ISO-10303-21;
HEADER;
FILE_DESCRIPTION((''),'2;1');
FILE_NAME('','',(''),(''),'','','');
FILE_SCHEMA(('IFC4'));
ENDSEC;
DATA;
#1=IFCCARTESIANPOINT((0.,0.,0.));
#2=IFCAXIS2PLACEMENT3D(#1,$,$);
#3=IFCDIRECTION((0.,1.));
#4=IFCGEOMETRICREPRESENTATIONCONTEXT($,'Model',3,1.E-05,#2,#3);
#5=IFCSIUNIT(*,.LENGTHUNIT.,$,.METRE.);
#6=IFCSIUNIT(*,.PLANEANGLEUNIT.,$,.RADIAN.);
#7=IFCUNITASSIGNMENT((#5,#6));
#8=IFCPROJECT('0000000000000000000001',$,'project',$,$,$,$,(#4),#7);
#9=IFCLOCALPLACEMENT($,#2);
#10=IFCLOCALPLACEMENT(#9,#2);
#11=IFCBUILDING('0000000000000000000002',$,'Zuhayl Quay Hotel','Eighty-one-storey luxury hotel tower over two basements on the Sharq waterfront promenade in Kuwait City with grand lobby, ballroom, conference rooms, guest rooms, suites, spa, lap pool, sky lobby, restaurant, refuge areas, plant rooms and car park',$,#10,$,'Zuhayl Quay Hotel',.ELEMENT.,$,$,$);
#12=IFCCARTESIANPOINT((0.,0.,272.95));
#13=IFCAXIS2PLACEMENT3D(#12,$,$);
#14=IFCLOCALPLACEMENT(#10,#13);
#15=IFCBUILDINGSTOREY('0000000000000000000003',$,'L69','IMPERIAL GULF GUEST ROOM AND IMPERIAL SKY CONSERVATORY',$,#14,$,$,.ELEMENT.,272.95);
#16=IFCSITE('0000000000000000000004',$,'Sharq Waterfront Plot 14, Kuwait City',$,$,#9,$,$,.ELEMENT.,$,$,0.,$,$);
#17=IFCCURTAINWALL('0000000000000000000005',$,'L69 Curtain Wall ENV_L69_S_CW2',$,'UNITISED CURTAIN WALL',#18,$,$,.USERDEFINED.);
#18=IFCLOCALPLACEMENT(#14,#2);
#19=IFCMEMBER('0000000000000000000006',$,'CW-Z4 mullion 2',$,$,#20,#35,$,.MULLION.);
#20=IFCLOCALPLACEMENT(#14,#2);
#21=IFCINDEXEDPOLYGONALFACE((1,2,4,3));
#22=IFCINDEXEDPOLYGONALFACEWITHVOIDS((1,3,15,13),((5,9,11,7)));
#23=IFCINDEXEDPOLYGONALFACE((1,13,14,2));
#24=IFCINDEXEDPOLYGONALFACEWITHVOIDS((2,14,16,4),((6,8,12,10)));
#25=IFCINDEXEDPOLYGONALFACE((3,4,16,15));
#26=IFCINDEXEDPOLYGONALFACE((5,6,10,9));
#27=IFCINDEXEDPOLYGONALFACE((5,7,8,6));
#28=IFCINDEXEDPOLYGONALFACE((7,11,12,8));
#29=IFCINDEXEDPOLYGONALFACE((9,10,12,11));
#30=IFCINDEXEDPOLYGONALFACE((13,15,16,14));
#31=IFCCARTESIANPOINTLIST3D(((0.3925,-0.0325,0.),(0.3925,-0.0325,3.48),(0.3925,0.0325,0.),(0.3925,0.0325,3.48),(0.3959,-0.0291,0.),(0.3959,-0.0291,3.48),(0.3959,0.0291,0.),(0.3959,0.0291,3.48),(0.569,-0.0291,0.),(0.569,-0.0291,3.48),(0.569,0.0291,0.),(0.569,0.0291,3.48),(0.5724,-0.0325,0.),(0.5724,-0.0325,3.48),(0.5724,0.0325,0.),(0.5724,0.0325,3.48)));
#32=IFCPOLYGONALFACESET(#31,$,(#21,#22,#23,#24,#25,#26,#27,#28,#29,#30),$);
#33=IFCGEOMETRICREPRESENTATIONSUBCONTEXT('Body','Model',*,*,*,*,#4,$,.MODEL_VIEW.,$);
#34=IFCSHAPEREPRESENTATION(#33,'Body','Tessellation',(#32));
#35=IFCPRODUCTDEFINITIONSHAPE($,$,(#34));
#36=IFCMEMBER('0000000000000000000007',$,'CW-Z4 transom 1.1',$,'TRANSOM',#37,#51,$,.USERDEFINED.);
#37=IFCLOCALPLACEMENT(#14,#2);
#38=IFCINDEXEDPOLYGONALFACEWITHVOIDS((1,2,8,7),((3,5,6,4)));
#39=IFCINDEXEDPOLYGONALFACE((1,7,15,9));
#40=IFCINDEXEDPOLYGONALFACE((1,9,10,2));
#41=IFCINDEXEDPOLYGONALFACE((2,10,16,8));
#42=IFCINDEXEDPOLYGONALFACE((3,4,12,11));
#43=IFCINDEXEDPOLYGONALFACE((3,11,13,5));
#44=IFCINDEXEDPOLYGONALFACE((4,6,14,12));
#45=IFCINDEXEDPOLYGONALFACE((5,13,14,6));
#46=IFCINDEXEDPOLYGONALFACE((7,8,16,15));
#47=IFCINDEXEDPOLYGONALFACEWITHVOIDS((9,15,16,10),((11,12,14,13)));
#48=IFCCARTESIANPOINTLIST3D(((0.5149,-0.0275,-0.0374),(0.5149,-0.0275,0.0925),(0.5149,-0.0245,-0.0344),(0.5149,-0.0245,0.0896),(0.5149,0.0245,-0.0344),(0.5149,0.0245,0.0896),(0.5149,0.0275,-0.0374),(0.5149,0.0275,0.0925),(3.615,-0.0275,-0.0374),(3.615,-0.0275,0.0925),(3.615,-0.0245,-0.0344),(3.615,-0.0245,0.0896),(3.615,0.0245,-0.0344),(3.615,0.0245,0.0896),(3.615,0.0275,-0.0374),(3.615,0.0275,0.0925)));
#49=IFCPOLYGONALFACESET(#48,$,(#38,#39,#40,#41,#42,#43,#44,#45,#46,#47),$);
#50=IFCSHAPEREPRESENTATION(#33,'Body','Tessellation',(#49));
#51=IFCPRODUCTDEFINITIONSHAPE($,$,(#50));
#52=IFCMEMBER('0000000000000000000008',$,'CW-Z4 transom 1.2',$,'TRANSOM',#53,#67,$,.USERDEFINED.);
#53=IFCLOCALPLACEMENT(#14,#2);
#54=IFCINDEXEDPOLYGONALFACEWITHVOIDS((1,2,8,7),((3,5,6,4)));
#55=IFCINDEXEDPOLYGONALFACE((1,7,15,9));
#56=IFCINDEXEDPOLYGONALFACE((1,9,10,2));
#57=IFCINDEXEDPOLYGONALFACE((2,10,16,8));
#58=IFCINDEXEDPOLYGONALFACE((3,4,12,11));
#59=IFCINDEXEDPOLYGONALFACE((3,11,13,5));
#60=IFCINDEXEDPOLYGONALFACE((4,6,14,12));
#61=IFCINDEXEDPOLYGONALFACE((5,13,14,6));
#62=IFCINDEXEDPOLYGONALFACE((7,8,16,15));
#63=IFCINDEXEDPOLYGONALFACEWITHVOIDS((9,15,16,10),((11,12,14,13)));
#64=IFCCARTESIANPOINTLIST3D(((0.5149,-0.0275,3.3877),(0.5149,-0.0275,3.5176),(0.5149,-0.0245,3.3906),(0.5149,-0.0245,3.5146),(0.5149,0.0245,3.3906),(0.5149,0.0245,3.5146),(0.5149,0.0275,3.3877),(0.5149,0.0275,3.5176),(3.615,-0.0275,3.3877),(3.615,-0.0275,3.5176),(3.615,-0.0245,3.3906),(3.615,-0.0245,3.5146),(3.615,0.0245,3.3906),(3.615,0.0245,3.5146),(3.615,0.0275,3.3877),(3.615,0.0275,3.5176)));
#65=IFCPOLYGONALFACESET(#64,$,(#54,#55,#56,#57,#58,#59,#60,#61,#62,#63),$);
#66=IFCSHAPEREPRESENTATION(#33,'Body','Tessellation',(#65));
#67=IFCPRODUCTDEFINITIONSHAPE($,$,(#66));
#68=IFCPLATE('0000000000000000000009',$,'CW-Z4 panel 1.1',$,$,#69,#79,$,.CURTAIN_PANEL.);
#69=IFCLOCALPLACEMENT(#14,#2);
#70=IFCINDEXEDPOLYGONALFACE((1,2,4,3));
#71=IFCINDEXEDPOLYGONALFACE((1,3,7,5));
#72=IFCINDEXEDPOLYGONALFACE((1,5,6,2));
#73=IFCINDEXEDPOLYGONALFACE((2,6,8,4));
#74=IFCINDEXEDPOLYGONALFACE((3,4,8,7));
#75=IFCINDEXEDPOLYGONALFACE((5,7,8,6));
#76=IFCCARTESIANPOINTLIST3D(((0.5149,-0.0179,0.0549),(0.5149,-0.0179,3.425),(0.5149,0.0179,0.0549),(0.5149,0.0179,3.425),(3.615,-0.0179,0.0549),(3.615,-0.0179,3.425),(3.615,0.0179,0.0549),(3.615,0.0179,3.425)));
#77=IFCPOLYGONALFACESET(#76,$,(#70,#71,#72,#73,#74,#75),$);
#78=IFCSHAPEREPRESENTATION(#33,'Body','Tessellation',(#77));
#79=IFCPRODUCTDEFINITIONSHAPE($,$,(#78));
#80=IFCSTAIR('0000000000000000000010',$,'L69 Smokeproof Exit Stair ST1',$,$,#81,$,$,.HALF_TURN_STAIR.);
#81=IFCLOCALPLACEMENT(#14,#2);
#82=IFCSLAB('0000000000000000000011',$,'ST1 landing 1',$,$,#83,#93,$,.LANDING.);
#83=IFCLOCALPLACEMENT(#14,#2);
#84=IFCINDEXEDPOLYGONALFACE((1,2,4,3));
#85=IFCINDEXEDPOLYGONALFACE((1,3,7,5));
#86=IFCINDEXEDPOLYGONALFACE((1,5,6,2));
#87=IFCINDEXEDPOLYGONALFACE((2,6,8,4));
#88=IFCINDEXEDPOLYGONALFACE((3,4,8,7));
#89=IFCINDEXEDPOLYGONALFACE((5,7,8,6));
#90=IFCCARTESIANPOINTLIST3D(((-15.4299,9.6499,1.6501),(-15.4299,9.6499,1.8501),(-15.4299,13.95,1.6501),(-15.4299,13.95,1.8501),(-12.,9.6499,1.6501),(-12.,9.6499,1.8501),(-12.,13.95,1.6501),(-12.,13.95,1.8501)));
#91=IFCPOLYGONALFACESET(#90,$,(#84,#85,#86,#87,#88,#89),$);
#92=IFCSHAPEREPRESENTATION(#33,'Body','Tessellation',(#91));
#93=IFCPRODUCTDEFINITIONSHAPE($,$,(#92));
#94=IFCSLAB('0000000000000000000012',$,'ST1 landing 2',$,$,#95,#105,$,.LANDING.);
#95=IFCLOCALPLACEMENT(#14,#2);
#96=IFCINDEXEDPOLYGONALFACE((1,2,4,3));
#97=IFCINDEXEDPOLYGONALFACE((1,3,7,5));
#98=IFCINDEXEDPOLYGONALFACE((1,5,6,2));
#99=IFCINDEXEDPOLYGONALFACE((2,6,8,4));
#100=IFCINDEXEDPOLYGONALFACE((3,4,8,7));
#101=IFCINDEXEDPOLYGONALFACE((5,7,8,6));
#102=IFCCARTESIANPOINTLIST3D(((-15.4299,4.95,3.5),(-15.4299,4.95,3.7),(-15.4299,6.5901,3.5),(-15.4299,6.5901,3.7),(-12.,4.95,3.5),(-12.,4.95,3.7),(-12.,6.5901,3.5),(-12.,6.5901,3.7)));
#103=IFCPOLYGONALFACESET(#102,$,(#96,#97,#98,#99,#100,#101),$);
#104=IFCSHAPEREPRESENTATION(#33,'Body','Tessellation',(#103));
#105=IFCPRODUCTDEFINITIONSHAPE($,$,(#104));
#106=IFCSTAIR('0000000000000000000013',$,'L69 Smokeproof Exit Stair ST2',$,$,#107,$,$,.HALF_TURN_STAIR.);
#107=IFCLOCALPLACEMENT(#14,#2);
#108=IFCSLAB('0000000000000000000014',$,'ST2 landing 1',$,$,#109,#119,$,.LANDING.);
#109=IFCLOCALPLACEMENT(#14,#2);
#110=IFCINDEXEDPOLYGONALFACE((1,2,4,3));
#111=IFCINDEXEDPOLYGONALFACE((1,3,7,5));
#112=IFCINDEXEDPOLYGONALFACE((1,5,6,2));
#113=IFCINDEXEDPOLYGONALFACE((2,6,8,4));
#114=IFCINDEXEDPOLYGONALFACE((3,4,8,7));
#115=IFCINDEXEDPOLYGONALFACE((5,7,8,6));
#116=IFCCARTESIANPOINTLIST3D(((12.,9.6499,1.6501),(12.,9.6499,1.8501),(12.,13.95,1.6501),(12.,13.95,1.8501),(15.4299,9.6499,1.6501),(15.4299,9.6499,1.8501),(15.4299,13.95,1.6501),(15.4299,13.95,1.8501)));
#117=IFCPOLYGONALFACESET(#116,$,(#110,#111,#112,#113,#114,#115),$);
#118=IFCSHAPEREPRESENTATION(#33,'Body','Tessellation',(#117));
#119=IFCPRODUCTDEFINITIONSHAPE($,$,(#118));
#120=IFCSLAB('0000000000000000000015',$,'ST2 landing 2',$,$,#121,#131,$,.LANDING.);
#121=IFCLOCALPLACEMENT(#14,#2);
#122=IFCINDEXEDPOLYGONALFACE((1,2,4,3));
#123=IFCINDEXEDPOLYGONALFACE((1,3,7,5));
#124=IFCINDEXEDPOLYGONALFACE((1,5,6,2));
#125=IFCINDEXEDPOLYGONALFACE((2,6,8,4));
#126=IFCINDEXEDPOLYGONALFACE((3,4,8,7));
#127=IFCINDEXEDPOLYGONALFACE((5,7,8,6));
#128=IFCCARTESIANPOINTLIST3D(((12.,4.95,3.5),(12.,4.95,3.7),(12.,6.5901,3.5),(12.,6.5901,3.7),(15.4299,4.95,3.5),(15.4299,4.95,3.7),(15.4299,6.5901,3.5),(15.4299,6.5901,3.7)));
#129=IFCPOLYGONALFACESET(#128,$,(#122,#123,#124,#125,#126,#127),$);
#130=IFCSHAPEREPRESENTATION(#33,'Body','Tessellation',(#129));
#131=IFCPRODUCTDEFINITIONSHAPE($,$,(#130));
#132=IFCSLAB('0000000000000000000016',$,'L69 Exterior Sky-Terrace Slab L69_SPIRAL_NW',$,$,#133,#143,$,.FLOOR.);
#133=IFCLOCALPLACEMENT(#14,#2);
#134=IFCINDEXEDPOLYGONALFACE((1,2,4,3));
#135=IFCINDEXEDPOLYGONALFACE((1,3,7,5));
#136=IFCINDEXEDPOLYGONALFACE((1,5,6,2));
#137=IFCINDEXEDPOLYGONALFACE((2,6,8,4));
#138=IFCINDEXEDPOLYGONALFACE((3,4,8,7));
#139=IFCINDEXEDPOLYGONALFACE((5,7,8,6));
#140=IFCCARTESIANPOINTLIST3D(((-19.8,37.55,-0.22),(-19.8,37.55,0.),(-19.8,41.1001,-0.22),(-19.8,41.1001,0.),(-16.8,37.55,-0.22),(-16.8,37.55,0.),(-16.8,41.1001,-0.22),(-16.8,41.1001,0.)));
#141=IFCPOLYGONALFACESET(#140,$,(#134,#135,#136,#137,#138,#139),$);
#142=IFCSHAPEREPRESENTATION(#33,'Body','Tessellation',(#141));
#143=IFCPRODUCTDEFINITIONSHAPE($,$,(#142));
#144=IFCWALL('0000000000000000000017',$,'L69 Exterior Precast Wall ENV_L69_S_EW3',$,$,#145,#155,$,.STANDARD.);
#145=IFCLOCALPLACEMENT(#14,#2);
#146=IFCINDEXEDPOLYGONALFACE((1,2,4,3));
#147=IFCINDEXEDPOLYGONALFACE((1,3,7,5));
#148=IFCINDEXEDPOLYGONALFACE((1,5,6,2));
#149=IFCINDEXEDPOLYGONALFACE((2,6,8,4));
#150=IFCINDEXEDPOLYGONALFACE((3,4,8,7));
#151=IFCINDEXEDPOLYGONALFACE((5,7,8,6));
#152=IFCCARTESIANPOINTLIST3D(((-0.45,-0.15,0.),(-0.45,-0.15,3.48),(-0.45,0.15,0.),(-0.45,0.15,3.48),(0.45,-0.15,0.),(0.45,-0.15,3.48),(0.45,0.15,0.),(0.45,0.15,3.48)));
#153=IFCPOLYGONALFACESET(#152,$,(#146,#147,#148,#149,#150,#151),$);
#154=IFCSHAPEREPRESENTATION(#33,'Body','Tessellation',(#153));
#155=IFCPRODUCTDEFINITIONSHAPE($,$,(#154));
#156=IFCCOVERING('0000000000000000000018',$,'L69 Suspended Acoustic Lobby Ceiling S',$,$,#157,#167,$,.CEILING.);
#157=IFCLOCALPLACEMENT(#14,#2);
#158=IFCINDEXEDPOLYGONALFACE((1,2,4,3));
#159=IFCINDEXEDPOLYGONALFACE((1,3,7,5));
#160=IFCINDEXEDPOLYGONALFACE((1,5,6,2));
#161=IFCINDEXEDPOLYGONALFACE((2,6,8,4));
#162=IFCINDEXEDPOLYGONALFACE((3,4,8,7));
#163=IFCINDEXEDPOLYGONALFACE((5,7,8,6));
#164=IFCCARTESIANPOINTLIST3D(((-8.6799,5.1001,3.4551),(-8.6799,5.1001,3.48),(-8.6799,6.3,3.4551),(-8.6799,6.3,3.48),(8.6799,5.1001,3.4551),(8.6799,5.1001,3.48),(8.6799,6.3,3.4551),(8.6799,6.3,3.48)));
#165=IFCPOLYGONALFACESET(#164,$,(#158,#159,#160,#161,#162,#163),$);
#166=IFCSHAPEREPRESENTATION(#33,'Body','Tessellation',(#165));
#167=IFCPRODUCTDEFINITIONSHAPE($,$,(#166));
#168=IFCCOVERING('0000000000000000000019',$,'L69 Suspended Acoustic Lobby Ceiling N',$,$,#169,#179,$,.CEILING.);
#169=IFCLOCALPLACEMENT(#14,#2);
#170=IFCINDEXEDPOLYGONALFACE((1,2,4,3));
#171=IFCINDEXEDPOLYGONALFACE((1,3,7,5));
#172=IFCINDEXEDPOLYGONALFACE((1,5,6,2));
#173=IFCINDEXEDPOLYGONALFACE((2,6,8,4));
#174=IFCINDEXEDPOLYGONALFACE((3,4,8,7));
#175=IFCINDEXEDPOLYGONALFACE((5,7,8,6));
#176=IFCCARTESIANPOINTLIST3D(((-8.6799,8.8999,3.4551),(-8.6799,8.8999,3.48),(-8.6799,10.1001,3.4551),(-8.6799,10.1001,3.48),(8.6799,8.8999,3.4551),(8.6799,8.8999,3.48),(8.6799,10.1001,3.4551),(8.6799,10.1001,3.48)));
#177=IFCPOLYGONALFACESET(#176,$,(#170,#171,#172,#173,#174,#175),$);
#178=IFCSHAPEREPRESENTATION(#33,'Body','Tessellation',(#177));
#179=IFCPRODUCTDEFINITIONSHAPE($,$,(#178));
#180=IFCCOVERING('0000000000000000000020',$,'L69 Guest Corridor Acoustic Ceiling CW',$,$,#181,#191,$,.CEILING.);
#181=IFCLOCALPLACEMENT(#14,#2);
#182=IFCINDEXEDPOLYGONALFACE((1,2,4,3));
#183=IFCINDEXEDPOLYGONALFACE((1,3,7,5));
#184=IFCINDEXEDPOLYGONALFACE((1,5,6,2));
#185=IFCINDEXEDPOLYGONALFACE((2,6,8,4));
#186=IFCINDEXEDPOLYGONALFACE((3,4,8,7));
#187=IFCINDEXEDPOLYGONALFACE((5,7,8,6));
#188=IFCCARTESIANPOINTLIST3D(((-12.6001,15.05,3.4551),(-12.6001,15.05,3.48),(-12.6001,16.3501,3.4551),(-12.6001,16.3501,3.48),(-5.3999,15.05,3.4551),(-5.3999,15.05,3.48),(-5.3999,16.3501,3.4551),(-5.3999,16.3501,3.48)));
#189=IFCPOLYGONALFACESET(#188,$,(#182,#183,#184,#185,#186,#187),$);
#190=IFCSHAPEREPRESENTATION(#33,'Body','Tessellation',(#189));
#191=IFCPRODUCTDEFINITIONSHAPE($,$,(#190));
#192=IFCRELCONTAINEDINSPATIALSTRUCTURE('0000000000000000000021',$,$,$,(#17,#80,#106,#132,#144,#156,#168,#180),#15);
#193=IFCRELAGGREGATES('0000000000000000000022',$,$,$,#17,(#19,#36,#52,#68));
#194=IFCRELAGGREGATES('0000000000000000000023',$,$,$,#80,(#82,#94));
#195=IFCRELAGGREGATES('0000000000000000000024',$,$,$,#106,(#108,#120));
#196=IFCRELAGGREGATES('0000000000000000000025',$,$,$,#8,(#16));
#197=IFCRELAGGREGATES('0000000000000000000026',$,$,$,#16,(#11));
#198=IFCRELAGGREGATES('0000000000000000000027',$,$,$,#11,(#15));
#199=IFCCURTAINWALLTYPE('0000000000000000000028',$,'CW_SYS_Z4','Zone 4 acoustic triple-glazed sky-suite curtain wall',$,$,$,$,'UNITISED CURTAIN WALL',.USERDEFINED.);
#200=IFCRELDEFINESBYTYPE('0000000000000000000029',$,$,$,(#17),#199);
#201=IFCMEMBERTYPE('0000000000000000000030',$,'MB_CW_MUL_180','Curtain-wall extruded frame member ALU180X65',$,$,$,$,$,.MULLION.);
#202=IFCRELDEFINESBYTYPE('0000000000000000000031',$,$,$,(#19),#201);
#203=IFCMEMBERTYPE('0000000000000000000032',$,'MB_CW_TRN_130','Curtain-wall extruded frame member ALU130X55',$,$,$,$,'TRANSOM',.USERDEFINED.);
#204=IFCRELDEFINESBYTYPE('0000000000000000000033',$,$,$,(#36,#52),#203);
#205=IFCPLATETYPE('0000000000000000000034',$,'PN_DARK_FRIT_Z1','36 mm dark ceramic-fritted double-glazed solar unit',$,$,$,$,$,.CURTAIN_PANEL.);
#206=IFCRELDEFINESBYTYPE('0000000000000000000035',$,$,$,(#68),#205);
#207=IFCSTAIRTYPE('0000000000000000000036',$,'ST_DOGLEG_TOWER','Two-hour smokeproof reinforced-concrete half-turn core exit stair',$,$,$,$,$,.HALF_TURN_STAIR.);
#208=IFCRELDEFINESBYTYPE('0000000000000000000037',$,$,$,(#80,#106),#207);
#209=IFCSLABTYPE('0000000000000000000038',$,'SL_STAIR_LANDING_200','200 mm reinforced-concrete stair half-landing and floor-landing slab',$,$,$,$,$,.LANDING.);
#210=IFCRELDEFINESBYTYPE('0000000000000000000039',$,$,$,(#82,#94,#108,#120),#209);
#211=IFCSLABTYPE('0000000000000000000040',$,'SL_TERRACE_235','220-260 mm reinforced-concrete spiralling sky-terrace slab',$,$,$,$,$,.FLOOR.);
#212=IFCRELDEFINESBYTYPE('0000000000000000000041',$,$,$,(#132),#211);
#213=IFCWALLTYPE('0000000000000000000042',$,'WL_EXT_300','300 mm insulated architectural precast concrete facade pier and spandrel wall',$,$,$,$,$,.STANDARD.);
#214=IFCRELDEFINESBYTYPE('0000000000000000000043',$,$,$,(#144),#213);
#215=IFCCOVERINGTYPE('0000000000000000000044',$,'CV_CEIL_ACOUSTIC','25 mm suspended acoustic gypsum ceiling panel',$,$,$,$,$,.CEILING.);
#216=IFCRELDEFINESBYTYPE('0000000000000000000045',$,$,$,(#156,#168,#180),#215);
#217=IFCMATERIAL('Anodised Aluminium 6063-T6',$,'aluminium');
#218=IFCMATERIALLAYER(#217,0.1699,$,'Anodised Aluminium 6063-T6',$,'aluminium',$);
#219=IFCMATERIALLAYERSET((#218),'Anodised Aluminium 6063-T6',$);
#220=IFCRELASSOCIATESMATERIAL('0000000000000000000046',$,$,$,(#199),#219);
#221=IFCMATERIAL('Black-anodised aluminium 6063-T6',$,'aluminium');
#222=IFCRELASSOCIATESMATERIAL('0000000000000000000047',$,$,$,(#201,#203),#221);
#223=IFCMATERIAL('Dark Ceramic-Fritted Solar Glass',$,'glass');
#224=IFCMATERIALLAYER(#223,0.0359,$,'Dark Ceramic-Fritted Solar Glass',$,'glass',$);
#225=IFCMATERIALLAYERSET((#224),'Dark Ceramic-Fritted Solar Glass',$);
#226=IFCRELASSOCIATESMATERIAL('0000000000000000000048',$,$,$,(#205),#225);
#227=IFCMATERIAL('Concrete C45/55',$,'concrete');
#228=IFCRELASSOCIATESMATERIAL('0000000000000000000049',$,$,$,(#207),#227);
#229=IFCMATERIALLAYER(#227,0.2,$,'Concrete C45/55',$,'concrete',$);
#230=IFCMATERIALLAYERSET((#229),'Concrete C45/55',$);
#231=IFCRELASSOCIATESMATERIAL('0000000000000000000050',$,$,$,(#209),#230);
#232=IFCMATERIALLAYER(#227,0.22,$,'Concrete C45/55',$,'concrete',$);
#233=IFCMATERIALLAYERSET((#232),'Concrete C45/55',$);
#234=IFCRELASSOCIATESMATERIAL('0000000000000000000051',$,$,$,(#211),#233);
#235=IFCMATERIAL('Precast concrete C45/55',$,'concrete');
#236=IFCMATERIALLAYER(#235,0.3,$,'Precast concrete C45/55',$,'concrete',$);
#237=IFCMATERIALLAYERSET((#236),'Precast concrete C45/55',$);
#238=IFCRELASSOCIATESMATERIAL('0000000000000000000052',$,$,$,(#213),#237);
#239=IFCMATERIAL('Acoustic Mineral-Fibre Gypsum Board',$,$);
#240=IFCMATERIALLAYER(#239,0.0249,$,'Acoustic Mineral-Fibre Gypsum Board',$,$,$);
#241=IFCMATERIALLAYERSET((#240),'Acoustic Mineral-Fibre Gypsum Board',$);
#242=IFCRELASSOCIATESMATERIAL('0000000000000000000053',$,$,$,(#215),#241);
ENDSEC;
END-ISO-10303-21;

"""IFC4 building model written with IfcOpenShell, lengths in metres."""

from ifc_helpers import new_model, si_unit, direction, frame, frame_2d, origin, origin_2d, place, context, subcontext, project, spatial, polyline, rectangle, hollow_rectangle, outline, extrude, material, layer, layer_set, material_profile, profile_set, type_object, element, aggregate, save


model = new_model("IFC4")

# Units and contexts
model_context = context("Model", 3, precision=1e-05, world=origin(), true_north=direction((0.0, 1.0)))
body_context = subcontext(model_context, "Body", "Model", "MODEL_VIEW")
ifc_project = project(units=[si_unit("LENGTHUNIT", "METRE"), si_unit("PLANEANGLEUNIT", "RADIAN")], contexts=[model_context])

# Site, building, storey
site_placement = place(None, origin())
site = spatial("IfcSite", under=ifc_project, at=site_placement, Name="Sharq Waterfront Plot 14, Kuwait City", CompositionType="ELEMENT", RefElevation=0.0)
building_placement = place(site_placement, origin())
building = spatial("IfcBuilding", under=site, at=building_placement, Name="Zuhayl Quay Hotel", Description="Eighty-one-storey luxury hotel tower over two basements on the Sharq waterfront promenade in Kuwait City with grand lobby, ballroom, conference rooms, guest rooms, suites, spa, lap pool, sky lobby, restaurant, refuge areas, plant rooms and car park", LongName="Zuhayl Quay Hotel", CompositionType="ELEMENT")
storey_placement = place(building_placement, frame((0.0, 0.0, 272.95)))
storey = spatial("IfcBuildingStorey", under=building, at=storey_placement, Name="L69", Description="IMPERIAL GULF GUEST ROOM AND IMPERIAL SKY CONSERVATORY", CompositionType="ELEMENT", Elevation=272.95)

# Curtain wall, members, plate
ifc_material_1 = material(Name="Anodised Aluminium 6063-T6", Category="aluminium")
ifc_layer_1 = layer(ifc_material_1, 0.1699, Name="Anodised Aluminium 6063-T6", Category="aluminium")
ifc_layer_set_1 = layer_set([ifc_layer_1], Name="Anodised Aluminium 6063-T6")
curtain_wall_type = type_object("IfcCurtainWallType", Name="CW_SYS_Z4", Description="Zone 4 acoustic triple-glazed sky-suite curtain wall", ElementType="UNITISED CURTAIN WALL", PredefinedType="USERDEFINED", material=ifc_layer_set_1)
curtain_wall_placement = place(storey_placement, origin())
curtain_wall = element("IfcCurtainWall", 1, at=curtain_wall_placement, inside=storey, type_object=curtain_wall_type, Name="L69 Curtain Wall ENV_L69_S_CW2", ObjectType="UNITISED CURTAIN WALL", PredefinedType="USERDEFINED")
ifc_material_2 = material(Name="Black-anodised aluminium 6063-T6", Category="aluminium")
ifc_material_profile_1 = material_profile(ifc_material_2, hollow_rectangle(XDim=0.0649, YDim=0.1799, WallThickness=0.0034, at=origin_2d()), Name="ALU180X65")
ifc_profile_set_1 = profile_set([ifc_material_profile_1], Name="Black-anodised aluminium 6063-T6")
member_type_1 = type_object("IfcMemberType", Name="MB_CW_MUL_180", Description="Curtain-wall extruded frame member ALU180X65", PredefinedType="MULLION", material=ifc_profile_set_1)
member_1_placement = place(storey_placement, frame((0.4824, 0.0, 0.0), z_axis=(0.0, 0.0, 1.0), x_axis=(0.0, -1.0, 0.0)))
member_1 = element("IfcMember", 2, at=member_1_placement, type_object=member_type_1, Name="CW-Z4 mullion 2", PredefinedType="MULLION", context=body_context, shape_type="SweptSolid", body=[
    extrude(hollow_rectangle(XDim=0.0649, YDim=0.1799, WallThickness=0.0034, at=origin_2d()), origin(), (0.0, 0.0, 1.0), 3.48),
])
ifc_material_profile_2 = material_profile(ifc_material_2, hollow_rectangle(XDim=0.0549, YDim=0.1299, WallThickness=0.0029, at=origin_2d()), Name="ALU130X55")
ifc_profile_set_2 = profile_set([ifc_material_profile_2], Name="Black-anodised aluminium 6063-T6")
member_type_2 = type_object("IfcMemberType", Name="MB_CW_TRN_130", Description="Curtain-wall extruded frame member ALU130X55", ElementType="TRANSOM", PredefinedType="USERDEFINED", material=ifc_profile_set_2)
member_2_placement = place(storey_placement, frame((3.615, 0.0, 0.0276), z_axis=(-1.0, 0.0, 0.0), x_axis=(0.0, -1.0, 0.0)))
member_2 = element("IfcMember", 3, at=member_2_placement, type_object=member_type_2, Name="CW-Z4 transom 1.1", ObjectType="TRANSOM", PredefinedType="USERDEFINED", context=body_context, shape_type="SweptSolid", body=[
    extrude(hollow_rectangle(XDim=0.0549, YDim=0.1299, WallThickness=0.0029, at=origin_2d()), origin(), (0.0, 0.0, 1.0), 3.1001),
])
member_3_placement = place(storey_placement, frame((3.615, 0.0, 3.4526), z_axis=(-1.0, 0.0, 0.0), x_axis=(0.0, -1.0, 0.0)))
member_3 = element("IfcMember", 4, at=member_3_placement, type_object=member_type_2, Name="CW-Z4 transom 1.2", ObjectType="TRANSOM", PredefinedType="USERDEFINED", context=body_context, shape_type="SweptSolid", body=[
    extrude(hollow_rectangle(XDim=0.0549, YDim=0.1299, WallThickness=0.0029, at=origin_2d()), origin(), (0.0, 0.0, 1.0), 3.1001),
])
ifc_material_3 = material(Name="Dark Ceramic-Fritted Solar Glass", Category="glass")
ifc_layer_2 = layer(ifc_material_3, 0.0359, Name="Dark Ceramic-Fritted Solar Glass", Category="glass")
ifc_layer_set_2 = layer_set([ifc_layer_2], Name="Dark Ceramic-Fritted Solar Glass")
plate_type = type_object("IfcPlateType", Name="PN_DARK_FRIT_Z1", Description="36 mm dark ceramic-fritted double-glazed solar unit", PredefinedType="CURTAIN_PANEL", material=ifc_layer_set_2)
plate_placement = place(storey_placement, frame((2.0649, 0.0, 0.0549), z_axis=(0.0, 0.0, 1.0), x_axis=(-1.0, 0.0, 0.0)))
plate = element("IfcPlate", 5, at=plate_placement, type_object=plate_type, Name="CW-Z4 panel 1.1", PredefinedType="CURTAIN_PANEL", context=body_context, shape_type="SweptSolid", body=[
    extrude(rectangle(XDim=3.1001, YDim=0.0359, at=origin_2d()), origin(), (0.0, 0.0, 1.0), 3.3701),
])
aggregate(curtain_wall, [member_1, member_2, member_3, plate])

# Stairs, slabs
ifc_material_4 = material(Name="Concrete C45/55", Category="concrete")
stair_type = type_object("IfcStairType", Name="ST_DOGLEG_TOWER", Description="Two-hour smokeproof reinforced-concrete half-turn core exit stair", PredefinedType="HALF_TURN_STAIR", material=ifc_material_4)
stair_1_placement = place(storey_placement, origin())
stair_1 = element("IfcStair", 6, at=stair_1_placement, inside=storey, type_object=stair_type, Name="L69 Smokeproof Exit Stair ST1", PredefinedType="HALF_TURN_STAIR")
ifc_layer_3 = layer(ifc_material_4, 0.2, Name="Concrete C45/55", Category="concrete")
ifc_layer_set_3 = layer_set([ifc_layer_3], Name="Concrete C45/55")
slab_type_1 = type_object("IfcSlabType", Name="SL_STAIR_LANDING_200", Description="200 mm reinforced-concrete stair half-landing and floor-landing slab", PredefinedType="LANDING", material=ifc_layer_set_3)
slab_1_placement = place(storey_placement, frame((0.0, 0.0, 1.6501)))
slab_1 = element("IfcSlab", 7, at=slab_1_placement, type_object=slab_type_1, Name="ST1 landing 1", PredefinedType="LANDING", context=body_context, shape_type="SweptSolid", body=[
    extrude(outline(polyline([(-12.0, 9.6499), (-12.0, 13.95), (-15.4299, 13.95), (-15.4299, 9.6499), (-12.0, 9.6499)])), origin(), (0.0, 0.0, 1.0), 0.2),
])
slab_2_placement = place(storey_placement, frame((0.0, 0.0, 3.5)))
slab_2 = element("IfcSlab", 8, at=slab_2_placement, type_object=slab_type_1, Name="ST1 landing 2", PredefinedType="LANDING", context=body_context, shape_type="SweptSolid", body=[
    extrude(outline(polyline([(-12.0, 4.95), (-12.0, 6.5901), (-15.4299, 6.5901), (-15.4299, 4.95), (-12.0, 4.95)])), origin(), (0.0, 0.0, 1.0), 0.2),
])
aggregate(stair_1, [slab_1, slab_2])
stair_2_placement = place(storey_placement, origin())
stair_2 = element("IfcStair", 9, at=stair_2_placement, inside=storey, type_object=stair_type, Name="L69 Smokeproof Exit Stair ST2", PredefinedType="HALF_TURN_STAIR")
slab_3_placement = place(storey_placement, frame((0.0, 0.0, 1.6501)))
slab_3 = element("IfcSlab", 10, at=slab_3_placement, type_object=slab_type_1, Name="ST2 landing 1", PredefinedType="LANDING", context=body_context, shape_type="SweptSolid", body=[
    extrude(outline(polyline([(15.4299, 9.6499), (15.4299, 13.95), (12.0, 13.95), (12.0, 9.6499), (15.4299, 9.6499)])), origin(), (0.0, 0.0, 1.0), 0.2),
])
slab_4_placement = place(storey_placement, frame((0.0, 0.0, 3.5)))
slab_4 = element("IfcSlab", 11, at=slab_4_placement, type_object=slab_type_1, Name="ST2 landing 2", PredefinedType="LANDING", context=body_context, shape_type="SweptSolid", body=[
    extrude(outline(polyline([(15.4299, 4.95), (15.4299, 6.5901), (12.0, 6.5901), (12.0, 4.95), (15.4299, 4.95)])), origin(), (0.0, 0.0, 1.0), 0.2),
])
aggregate(stair_2, [slab_3, slab_4])

# Slab
ifc_layer_4 = layer(ifc_material_4, 0.22, Name="Concrete C45/55", Category="concrete")
ifc_layer_set_4 = layer_set([ifc_layer_4], Name="Concrete C45/55")
slab_type_2 = type_object("IfcSlabType", Name="SL_TERRACE_235", Description="220-260 mm reinforced-concrete spiralling sky-terrace slab", PredefinedType="FLOOR", material=ifc_layer_set_4)
slab_5_placement = place(storey_placement, frame((0.0, 0.0, -0.22)))
element("IfcSlab", 12, at=slab_5_placement, inside=storey, type_object=slab_type_2, Name="L69 Exterior Sky-Terrace Slab L69_SPIRAL_NW", PredefinedType="FLOOR", context=body_context, shape_type="SweptSolid", body=[
    extrude(outline(polyline([(-19.8, 37.55), (-16.8, 37.55), (-16.8, 41.1001), (-19.8, 41.1001), (-19.8, 37.55)])), origin(), (0.0, 0.0, 1.0), 0.22),
])

# Wall
ifc_material_5 = material(Name="Precast concrete C45/55", Category="concrete")
ifc_layer_5 = layer(ifc_material_5, 0.3, Name="Precast concrete C45/55", Category="concrete")
ifc_layer_set_5 = layer_set([ifc_layer_5], Name="Precast concrete C45/55")
wall_type = type_object("IfcWallType", Name="WL_EXT_300", Description="300 mm insulated architectural precast concrete facade pier and spandrel wall", PredefinedType="STANDARD", material=ifc_layer_set_5)
wall_placement = place(storey_placement, frame((0.45, 0.0, 0.0), z_axis=(0.0, 0.0, 1.0), x_axis=(-1.0, 0.0, 0.0)))
element("IfcWall", 13, at=wall_placement, inside=storey, type_object=wall_type, Name="L69 Exterior Precast Wall ENV_L69_S_EW3", PredefinedType="STANDARD", context=body_context, shape_type="SweptSolid", body=[
    extrude(rectangle(XDim=0.8999, YDim=0.3, at=frame_2d((0.45, 0.0))), origin(), (0.0, 0.0, 1.0), 3.48),
])

# Coverings
ifc_material_6 = material(Name="Acoustic Mineral-Fibre Gypsum Board")
ifc_layer_6 = layer(ifc_material_6, 0.0249, Name="Acoustic Mineral-Fibre Gypsum Board")
ifc_layer_set_6 = layer_set([ifc_layer_6], Name="Acoustic Mineral-Fibre Gypsum Board")
covering_type_1 = type_object("IfcCoveringType", Name="CV_CEIL_ACOUSTIC", Description="25 mm suspended acoustic gypsum ceiling panel", PredefinedType="CEILING", material=ifc_layer_set_6)
covering_1_placement = place(storey_placement, frame((0.0, 0.0, 3.4551)))
element("IfcCovering", 14, at=covering_1_placement, inside=storey, type_object=covering_type_1, Name="L69 Suspended Acoustic Lobby Ceiling S", PredefinedType="CEILING", context=body_context, shape_type="SweptSolid", body=[
    extrude(outline(polyline([(-8.6799, 5.1001), (8.6799, 5.1001), (8.6799, 6.3), (-8.6799, 6.3), (-8.6799, 5.1001)])), origin(), (0.0, 0.0, 1.0), 0.0249),
])
covering_2_placement = place(storey_placement, frame((0.0, 0.0, 3.4551)))
element("IfcCovering", 15, at=covering_2_placement, inside=storey, type_object=covering_type_1, Name="L69 Suspended Acoustic Lobby Ceiling N", PredefinedType="CEILING", context=body_context, shape_type="SweptSolid", body=[
    extrude(outline(polyline([(-8.6799, 8.8999), (8.6799, 8.8999), (8.6799, 10.1001), (-8.6799, 10.1001), (-8.6799, 8.8999)])), origin(), (0.0, 0.0, 1.0), 0.0249),
])
covering_3_placement = place(storey_placement, frame((0.0, 0.0, 3.4551)))
element("IfcCovering", 16, at=covering_3_placement, inside=storey, type_object=covering_type_1, Name="L69 Guest Corridor Acoustic Ceiling CW", PredefinedType="CEILING", context=body_context, shape_type="SweptSolid", body=[
    extrude(outline(polyline([(-12.6001, 15.05), (-5.3999, 15.05), (-5.3999, 16.3501), (-12.6001, 16.3501), (-12.6001, 15.05)])), origin(), (0.0, 0.0, 1.0), 0.0249),
])

save(model, "model.ifc")
